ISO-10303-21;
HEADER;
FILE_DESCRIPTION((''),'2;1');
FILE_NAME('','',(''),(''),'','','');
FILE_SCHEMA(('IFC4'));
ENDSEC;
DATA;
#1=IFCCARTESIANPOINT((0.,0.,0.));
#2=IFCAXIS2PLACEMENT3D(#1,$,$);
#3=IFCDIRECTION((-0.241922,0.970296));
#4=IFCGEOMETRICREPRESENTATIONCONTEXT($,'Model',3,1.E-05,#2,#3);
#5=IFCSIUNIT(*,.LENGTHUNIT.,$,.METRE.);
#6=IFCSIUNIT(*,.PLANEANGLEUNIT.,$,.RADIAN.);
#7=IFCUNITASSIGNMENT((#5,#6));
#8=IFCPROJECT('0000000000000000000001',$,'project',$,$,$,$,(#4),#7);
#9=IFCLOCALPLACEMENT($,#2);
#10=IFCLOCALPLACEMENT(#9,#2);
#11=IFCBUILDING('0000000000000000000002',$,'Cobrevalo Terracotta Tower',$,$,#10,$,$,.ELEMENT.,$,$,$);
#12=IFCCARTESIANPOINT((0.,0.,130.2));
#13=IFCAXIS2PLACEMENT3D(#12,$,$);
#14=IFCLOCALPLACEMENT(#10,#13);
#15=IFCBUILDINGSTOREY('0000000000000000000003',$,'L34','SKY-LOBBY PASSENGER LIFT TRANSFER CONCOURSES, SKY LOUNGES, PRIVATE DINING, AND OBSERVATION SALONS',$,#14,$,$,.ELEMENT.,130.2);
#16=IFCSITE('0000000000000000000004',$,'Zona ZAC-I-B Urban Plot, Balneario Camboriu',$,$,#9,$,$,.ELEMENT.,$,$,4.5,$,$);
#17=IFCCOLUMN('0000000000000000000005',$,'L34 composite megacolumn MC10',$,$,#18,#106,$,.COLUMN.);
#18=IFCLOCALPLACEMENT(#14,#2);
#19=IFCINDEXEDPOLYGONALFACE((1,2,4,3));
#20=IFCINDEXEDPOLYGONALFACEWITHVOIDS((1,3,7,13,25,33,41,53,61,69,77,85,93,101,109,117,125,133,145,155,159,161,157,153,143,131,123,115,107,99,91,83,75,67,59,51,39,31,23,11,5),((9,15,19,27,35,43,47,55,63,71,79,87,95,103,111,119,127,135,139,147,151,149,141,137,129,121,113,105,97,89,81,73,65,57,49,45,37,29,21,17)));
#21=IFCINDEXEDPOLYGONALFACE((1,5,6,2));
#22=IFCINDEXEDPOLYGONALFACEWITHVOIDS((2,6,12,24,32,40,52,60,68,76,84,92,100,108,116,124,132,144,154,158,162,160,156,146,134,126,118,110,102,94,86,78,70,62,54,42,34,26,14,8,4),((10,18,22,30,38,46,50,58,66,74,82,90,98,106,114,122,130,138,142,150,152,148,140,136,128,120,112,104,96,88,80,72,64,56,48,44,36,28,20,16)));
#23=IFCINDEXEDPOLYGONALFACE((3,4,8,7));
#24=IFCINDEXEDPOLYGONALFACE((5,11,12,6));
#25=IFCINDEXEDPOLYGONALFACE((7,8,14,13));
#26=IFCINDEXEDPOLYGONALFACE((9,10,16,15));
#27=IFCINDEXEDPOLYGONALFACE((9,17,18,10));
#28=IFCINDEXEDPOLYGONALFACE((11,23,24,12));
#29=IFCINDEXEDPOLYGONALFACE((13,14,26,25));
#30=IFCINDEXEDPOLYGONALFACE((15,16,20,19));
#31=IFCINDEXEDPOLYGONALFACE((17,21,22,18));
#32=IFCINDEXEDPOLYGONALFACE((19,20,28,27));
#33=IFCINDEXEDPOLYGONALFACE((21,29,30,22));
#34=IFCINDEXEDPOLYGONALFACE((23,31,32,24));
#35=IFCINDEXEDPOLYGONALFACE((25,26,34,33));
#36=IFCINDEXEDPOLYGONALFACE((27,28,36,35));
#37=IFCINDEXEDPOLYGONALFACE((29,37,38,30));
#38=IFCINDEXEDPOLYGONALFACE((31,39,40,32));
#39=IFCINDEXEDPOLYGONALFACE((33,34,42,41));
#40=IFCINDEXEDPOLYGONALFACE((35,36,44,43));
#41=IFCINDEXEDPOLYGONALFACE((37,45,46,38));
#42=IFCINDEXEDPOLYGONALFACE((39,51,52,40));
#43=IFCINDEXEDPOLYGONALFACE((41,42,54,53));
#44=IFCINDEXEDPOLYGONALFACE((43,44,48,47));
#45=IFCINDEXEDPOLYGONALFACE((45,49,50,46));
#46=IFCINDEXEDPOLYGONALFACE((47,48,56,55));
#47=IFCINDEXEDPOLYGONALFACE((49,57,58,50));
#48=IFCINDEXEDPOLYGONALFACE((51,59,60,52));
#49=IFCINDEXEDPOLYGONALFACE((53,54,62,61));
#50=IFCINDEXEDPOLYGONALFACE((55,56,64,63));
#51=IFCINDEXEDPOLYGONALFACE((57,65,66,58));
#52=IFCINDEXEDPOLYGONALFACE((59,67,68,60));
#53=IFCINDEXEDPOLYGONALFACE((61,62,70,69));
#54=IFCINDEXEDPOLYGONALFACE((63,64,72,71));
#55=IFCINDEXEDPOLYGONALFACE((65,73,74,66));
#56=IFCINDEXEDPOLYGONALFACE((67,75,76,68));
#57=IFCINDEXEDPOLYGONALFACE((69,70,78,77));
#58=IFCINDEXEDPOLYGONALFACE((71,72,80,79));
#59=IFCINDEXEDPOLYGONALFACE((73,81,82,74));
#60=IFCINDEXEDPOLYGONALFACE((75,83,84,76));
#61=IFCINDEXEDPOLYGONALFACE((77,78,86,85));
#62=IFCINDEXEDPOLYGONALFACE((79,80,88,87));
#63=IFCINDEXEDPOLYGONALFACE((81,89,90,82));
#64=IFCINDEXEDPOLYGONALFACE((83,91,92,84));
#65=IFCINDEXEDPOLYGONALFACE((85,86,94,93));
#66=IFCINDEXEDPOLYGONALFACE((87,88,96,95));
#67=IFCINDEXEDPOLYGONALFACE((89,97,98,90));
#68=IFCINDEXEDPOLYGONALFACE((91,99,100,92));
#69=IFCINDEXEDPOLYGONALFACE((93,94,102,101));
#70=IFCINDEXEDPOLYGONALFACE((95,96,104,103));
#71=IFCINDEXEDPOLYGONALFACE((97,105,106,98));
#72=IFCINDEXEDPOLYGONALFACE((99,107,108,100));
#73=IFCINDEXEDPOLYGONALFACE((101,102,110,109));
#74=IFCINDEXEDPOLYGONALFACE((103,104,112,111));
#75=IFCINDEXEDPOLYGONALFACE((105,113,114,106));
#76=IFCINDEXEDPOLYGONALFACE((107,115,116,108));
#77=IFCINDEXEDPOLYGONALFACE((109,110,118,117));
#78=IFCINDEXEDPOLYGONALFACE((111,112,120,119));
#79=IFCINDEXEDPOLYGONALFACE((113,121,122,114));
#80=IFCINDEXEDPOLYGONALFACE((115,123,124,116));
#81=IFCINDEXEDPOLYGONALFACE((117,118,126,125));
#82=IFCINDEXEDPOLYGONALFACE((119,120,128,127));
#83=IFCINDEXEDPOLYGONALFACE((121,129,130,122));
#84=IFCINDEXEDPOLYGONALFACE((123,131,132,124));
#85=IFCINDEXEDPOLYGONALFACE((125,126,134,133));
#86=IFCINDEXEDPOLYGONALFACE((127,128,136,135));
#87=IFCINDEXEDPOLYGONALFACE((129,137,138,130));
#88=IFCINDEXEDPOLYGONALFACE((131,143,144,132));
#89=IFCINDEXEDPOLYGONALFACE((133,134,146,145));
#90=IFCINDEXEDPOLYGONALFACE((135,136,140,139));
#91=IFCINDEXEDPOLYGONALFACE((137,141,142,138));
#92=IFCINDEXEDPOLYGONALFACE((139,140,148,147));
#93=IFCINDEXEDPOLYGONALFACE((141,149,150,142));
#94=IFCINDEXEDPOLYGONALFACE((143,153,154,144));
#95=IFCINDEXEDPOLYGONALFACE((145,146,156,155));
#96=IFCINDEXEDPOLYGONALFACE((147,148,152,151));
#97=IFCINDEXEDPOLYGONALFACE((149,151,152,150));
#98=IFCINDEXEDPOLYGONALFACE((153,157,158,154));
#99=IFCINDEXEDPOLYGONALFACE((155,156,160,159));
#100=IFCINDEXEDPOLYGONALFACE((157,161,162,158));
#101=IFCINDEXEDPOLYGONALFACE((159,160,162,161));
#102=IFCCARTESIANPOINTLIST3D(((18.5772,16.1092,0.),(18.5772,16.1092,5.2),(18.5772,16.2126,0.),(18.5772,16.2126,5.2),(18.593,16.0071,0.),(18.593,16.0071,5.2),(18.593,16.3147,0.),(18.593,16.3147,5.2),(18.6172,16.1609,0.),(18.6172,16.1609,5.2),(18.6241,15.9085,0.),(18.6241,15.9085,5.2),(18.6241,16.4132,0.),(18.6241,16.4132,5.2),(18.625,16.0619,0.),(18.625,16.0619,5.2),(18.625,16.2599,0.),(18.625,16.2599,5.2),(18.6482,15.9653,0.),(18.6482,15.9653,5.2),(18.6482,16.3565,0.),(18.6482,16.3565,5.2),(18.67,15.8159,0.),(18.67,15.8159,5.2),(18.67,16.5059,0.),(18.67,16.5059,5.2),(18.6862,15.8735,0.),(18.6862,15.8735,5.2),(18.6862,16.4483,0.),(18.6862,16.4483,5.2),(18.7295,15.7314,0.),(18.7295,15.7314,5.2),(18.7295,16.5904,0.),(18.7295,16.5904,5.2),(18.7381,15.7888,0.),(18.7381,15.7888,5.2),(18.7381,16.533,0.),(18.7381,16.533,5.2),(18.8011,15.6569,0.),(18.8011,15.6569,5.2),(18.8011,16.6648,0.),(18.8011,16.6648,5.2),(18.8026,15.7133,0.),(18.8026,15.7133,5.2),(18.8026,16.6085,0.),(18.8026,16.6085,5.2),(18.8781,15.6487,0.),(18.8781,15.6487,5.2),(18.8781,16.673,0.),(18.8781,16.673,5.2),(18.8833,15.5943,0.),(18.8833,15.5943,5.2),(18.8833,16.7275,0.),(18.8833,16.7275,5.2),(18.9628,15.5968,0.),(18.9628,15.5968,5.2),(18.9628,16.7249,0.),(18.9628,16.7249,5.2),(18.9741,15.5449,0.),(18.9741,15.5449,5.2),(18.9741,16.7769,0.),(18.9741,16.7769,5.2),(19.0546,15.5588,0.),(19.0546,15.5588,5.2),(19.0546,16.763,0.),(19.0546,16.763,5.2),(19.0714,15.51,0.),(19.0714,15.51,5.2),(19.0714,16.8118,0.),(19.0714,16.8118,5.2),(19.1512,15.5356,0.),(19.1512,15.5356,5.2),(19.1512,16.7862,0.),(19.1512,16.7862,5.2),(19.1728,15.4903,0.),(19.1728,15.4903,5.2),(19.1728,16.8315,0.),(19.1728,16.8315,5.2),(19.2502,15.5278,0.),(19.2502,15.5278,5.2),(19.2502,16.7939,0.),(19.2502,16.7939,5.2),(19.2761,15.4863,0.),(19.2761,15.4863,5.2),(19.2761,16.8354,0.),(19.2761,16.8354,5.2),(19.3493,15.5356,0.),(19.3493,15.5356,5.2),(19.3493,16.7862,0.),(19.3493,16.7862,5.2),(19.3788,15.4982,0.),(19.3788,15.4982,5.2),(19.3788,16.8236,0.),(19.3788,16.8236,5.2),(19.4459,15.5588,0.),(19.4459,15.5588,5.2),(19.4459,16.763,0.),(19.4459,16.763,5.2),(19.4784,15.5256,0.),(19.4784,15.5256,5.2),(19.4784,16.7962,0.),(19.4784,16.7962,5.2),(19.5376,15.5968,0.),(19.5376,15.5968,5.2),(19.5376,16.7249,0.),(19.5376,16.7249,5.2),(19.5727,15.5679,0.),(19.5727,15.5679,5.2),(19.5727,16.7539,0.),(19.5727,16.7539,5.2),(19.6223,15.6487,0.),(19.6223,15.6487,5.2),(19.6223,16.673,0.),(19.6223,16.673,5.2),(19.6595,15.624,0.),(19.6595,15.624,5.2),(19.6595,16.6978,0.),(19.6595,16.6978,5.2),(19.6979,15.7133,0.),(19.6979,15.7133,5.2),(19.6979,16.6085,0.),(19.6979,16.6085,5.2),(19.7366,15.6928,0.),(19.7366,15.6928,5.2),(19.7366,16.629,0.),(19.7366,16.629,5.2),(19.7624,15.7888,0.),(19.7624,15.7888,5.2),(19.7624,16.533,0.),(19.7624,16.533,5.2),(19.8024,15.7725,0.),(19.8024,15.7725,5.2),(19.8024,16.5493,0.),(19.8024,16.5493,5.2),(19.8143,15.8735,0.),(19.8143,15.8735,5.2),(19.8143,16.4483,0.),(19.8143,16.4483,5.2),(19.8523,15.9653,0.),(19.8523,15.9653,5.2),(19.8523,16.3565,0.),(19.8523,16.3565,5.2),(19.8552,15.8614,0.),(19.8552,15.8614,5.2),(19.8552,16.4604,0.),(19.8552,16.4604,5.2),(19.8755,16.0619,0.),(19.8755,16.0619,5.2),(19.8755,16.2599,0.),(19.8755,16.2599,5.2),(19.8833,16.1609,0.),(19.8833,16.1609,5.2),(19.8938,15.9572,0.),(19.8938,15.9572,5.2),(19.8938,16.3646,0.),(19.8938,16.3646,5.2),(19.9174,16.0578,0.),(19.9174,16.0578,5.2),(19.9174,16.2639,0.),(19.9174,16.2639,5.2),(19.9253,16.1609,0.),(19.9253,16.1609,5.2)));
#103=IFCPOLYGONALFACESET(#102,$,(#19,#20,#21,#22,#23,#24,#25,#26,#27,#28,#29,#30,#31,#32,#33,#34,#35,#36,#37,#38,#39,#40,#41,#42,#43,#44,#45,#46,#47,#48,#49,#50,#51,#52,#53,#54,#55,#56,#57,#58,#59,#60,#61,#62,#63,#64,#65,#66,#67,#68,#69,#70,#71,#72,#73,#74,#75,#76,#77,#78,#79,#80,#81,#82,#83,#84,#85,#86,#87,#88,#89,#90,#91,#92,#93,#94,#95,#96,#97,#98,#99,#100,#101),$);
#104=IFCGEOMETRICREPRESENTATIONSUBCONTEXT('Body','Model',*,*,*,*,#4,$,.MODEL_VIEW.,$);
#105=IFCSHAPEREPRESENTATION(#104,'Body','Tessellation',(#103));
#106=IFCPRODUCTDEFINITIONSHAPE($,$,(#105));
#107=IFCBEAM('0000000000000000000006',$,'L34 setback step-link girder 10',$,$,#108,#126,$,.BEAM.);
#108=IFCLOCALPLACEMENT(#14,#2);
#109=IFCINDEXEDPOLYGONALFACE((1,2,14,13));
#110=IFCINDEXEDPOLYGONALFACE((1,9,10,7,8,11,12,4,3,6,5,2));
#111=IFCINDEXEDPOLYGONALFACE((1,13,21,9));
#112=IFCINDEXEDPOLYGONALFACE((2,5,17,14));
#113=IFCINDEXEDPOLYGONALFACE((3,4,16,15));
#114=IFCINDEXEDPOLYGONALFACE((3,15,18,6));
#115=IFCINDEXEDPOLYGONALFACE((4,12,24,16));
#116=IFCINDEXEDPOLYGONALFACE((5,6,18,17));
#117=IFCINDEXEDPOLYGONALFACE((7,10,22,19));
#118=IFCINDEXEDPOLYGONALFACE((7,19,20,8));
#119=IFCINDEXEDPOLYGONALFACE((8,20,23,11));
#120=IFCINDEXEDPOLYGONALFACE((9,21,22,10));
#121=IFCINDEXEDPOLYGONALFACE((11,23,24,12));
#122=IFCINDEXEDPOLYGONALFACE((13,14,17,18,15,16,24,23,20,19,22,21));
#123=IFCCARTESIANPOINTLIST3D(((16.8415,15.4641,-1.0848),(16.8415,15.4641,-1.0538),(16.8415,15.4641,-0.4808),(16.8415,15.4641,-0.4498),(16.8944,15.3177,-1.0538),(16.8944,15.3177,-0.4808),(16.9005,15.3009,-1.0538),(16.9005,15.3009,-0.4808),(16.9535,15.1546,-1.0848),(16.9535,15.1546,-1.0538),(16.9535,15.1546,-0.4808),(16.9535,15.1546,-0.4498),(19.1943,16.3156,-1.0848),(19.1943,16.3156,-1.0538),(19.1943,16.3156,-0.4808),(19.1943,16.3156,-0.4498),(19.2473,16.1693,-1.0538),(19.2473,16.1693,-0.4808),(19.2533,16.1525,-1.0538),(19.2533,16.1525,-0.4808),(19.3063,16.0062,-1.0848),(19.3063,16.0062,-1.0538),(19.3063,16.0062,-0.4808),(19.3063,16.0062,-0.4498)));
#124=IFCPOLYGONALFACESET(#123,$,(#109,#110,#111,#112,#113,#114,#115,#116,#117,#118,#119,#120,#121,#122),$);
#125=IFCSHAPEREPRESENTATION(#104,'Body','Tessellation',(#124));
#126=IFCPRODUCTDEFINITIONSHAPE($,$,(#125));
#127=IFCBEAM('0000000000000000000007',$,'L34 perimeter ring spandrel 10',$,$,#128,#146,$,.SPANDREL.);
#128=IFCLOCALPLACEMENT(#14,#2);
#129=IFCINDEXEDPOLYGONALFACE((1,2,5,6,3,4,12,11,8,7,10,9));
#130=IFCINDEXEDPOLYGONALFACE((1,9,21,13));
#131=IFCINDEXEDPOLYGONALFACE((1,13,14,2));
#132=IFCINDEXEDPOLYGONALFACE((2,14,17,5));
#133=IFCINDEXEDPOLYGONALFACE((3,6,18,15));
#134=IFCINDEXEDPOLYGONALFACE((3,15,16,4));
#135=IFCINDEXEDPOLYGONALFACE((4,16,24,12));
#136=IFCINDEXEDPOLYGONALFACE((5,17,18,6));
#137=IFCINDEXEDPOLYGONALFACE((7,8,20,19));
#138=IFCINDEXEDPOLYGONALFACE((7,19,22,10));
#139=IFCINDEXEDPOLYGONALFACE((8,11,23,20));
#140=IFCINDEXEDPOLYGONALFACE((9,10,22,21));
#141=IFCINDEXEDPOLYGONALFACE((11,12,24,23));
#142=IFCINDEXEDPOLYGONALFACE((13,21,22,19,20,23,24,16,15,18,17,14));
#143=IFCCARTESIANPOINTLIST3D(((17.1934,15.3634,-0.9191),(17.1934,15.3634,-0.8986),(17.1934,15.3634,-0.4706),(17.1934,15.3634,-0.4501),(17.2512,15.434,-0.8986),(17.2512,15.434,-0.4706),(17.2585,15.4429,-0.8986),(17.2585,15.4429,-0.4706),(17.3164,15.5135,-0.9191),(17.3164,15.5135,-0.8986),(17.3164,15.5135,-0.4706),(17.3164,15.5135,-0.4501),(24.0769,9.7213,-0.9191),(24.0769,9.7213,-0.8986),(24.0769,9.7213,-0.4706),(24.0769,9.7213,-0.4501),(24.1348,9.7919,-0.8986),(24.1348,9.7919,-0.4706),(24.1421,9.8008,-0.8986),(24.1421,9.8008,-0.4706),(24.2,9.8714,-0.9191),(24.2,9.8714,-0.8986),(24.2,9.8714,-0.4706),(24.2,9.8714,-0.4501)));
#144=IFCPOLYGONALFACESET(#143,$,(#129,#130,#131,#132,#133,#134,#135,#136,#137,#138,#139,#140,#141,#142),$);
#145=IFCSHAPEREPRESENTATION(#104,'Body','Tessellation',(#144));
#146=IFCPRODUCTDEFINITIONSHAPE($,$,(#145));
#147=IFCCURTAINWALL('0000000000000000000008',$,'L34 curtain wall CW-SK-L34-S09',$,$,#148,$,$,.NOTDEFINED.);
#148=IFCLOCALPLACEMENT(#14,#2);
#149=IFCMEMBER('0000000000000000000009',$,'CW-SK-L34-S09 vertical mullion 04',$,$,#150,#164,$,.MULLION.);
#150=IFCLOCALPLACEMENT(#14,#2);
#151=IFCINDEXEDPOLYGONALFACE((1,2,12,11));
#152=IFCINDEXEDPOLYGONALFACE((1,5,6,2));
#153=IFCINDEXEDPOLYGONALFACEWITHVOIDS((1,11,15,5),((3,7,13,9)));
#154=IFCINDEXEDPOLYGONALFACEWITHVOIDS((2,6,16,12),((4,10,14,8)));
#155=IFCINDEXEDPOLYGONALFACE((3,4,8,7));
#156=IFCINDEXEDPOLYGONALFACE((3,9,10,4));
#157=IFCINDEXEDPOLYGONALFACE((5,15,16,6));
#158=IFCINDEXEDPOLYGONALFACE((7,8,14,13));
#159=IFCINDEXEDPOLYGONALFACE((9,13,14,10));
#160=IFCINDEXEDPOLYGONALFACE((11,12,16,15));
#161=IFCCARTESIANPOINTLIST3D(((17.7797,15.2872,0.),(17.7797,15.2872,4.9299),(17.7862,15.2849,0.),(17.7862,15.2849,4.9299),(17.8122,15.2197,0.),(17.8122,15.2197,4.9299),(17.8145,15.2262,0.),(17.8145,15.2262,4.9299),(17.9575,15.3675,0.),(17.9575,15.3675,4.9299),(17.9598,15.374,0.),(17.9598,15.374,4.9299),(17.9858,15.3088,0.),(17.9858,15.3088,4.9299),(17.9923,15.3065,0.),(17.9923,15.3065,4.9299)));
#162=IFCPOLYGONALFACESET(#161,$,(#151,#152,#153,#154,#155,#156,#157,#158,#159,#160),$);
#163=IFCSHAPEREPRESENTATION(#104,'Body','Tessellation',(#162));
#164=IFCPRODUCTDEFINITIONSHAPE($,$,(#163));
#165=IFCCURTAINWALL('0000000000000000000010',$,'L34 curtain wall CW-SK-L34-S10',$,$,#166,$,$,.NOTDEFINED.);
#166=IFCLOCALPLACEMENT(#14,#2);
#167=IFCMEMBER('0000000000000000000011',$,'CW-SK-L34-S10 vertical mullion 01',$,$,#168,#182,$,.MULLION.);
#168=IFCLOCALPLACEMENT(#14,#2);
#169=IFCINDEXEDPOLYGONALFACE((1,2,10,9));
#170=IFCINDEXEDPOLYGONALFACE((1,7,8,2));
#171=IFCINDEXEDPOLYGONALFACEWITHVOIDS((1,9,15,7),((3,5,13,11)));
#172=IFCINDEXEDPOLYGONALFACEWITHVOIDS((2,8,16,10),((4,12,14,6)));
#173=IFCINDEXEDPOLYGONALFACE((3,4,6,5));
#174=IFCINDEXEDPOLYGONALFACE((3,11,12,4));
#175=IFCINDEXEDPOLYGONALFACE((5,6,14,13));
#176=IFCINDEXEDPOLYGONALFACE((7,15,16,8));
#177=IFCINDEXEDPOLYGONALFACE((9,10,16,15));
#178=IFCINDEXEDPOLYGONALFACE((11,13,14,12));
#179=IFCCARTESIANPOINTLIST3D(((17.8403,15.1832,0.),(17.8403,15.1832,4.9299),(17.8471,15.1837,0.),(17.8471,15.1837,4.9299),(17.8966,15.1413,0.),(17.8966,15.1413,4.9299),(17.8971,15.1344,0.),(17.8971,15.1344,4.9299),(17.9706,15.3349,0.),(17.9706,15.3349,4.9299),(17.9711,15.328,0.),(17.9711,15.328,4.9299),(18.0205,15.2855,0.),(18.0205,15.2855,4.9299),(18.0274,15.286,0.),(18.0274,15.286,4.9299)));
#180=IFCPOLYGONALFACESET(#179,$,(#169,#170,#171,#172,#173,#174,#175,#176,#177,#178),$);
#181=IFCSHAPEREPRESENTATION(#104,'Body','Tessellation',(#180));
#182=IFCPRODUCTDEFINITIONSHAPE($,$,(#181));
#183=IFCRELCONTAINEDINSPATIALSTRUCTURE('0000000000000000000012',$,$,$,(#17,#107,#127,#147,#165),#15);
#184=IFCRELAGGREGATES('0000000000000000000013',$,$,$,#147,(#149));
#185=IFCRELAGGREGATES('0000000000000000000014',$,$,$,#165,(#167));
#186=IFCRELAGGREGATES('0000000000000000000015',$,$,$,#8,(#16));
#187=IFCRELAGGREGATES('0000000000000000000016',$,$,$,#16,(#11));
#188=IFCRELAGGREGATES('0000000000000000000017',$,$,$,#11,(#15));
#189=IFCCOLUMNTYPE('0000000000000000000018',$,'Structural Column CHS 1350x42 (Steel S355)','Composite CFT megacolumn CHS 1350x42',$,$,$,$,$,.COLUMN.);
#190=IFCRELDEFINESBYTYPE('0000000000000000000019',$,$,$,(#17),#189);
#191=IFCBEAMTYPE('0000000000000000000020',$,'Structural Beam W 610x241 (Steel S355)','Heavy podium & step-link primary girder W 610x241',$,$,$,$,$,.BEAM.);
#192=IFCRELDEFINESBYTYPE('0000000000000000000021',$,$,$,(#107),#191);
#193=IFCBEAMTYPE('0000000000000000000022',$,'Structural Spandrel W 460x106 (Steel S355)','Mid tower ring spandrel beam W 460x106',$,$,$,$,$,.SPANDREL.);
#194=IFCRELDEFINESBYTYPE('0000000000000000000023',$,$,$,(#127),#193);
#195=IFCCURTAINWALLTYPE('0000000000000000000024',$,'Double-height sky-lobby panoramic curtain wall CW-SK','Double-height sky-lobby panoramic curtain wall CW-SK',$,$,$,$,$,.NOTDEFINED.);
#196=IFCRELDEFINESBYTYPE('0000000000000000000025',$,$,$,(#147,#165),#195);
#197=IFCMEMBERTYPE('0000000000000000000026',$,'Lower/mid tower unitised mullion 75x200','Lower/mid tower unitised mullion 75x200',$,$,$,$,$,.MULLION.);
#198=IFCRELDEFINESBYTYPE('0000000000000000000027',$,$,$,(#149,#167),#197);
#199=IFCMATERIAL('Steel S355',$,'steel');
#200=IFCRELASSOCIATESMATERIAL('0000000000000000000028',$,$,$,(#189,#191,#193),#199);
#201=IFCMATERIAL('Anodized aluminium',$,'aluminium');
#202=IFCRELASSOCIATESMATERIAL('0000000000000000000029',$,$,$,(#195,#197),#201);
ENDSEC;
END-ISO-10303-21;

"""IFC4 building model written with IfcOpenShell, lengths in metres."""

from ifc_helpers import new_model, si_unit, direction, frame, origin, origin_2d, place, context, subcontext, project, spatial, hollow_rectangle, hollow_circle, i_section, extrude, source, transform, mapped, material, material_profile, profile_set, type_object, element, aggregate, save


model = new_model("IFC4")

# Units and contexts
model_context = context("Model", 3, precision=1e-05, world=origin(), true_north=direction((-0.241922, 0.970296)))
body_context = subcontext(model_context, "Body", "Model", "MODEL_VIEW")
ifc_project = project(units=[si_unit("LENGTHUNIT", "METRE"), si_unit("PLANEANGLEUNIT", "RADIAN")], contexts=[model_context])

# Site, building, storey
site_placement = place(None, origin())
site = spatial("IfcSite", under=ifc_project, at=site_placement, Name="Zona ZAC-I-B Urban Plot, Balneario Camboriu", CompositionType="ELEMENT", RefElevation=4.5)
building_placement = place(site_placement, origin())
building = spatial("IfcBuilding", under=site, at=building_placement, Name="Cobrevalo Terracotta Tower", CompositionType="ELEMENT")
storey_placement = place(building_placement, frame((0.0, 0.0, 130.2)))
storey = spatial("IfcBuildingStorey", under=building, at=storey_placement, Name="L34", Description="SKY-LOBBY PASSENGER LIFT TRANSFER CONCOURSES, SKY LOUNGES, PRIVATE DINING, AND OBSERVATION SALONS", CompositionType="ELEMENT", Elevation=130.2)

# Column
ifc_material_1 = material(Name="Steel S355", Category="steel")
ifc_material_profile_1 = material_profile(ifc_material_1, hollow_circle(Radius=0.675, WallThickness=0.042, at=origin_2d()), Name="CHS 1350x42")
ifc_profile_set_1 = profile_set([ifc_material_profile_1], Name="Steel S355")
column_type = type_object("IfcColumnType", Name="Structural Column CHS 1350x42 (Steel S355)", Description="Composite CFT megacolumn CHS 1350x42", PredefinedType="COLUMN", material=ifc_profile_set_1)
column_placement = place(storey_placement, frame((19.2502, 16.1609, 0.0), z_axis=(0.0, 0.0, 1.0), x_axis=(1.0, 0.0, 0.0)))
element("IfcColumn", 1, at=column_placement, inside=storey, type_object=column_type, Name="L34 composite megacolumn MC10", PredefinedType="COLUMN", context=body_context, shape_type="SweptSolid", body=[
    extrude(hollow_circle(Radius=0.675, WallThickness=0.042, at=origin_2d()), origin(), (0.0, 0.0, 1.0), 5.2),
])

# Beams
ifc_material_profile_2 = material_profile(ifc_material_1, i_section(OverallWidth=0.3291, OverallDepth=0.635, WebThickness=0.0178, FlangeThickness=0.031, at=origin_2d()), Name="W 610x241")
ifc_profile_set_2 = profile_set([ifc_material_profile_2], Name="Steel S355")
beam_type_1 = type_object("IfcBeamType", Name="Structural Beam W 610x241 (Steel S355)", Description="Heavy podium & step-link primary girder W 610x241", PredefinedType="BEAM", material=ifc_profile_set_2)
beam_1_placement = place(storey_placement, frame((16.8975, 15.3093, -0.7673), z_axis=(0.940305, 0.340333, 0.0), x_axis=(-0.340333, 0.940305, 0.0)))
element("IfcBeam", 2, at=beam_1_placement, inside=storey, type_object=beam_type_1, Name="L34 setback step-link girder 10", PredefinedType="BEAM", context=body_context, shape_type="SweptSolid", body=[
    extrude(i_section(OverallWidth=0.3291, OverallDepth=0.635, WebThickness=0.0178, FlangeThickness=0.031, at=origin_2d()), origin(), (0.0, 0.0, 1.0), 2.5022),
])
ifc_material_profile_3 = material_profile(ifc_material_1, i_section(OverallWidth=0.1941, OverallDepth=0.469, WebThickness=0.0115, FlangeThickness=0.0205, at=origin_2d()), Name="W 460x106")
ifc_profile_set_3 = profile_set([ifc_material_profile_3], Name="Steel S355")
beam_type_2 = type_object("IfcBeamType", Name="Structural Spandrel W 460x106 (Steel S355)", Description="Mid tower ring spandrel beam W 460x106", PredefinedType="SPANDREL", material=ifc_profile_set_3)
beam_2_placement = place(storey_placement, frame((17.2549, 15.4385, -0.6846), z_axis=(0.773401, -0.633917, 0.0), x_axis=(0.633917, 0.773401, 0.0)))
element("IfcBeam", 3, at=beam_2_placement, inside=storey, type_object=beam_type_2, Name="L34 perimeter ring spandrel 10", PredefinedType="SPANDREL", context=body_context, shape_type="SweptSolid", body=[
    extrude(i_section(OverallWidth=0.1941, OverallDepth=0.469, WebThickness=0.0115, FlangeThickness=0.0205, at=origin_2d()), origin(), (0.0, 0.0, 1.0), 8.9004),
])

# Curtain wall, member
ifc_material_2 = material(Name="Anodized aluminium", Category="aluminium")
curtain_wall_type = type_object("IfcCurtainWallType", Name="Double-height sky-lobby panoramic curtain wall CW-SK", Description="Double-height sky-lobby panoramic curtain wall CW-SK", PredefinedType="NOTDEFINED", material=ifc_material_2)
curtain_wall_1_placement = place(storey_placement, origin())
curtain_wall_1 = element("IfcCurtainWall", 4, at=curtain_wall_1_placement, inside=storey, type_object=curtain_wall_type, Name="L34 curtain wall CW-SK-L34-S09", PredefinedType="NOTDEFINED")
ifc_material_profile_4 = material_profile(ifc_material_2, hollow_rectangle(XDim=0.075, YDim=0.2, WallThickness=0.0049, at=origin_2d()), Name="CWM 75x200")
ifc_profile_set_4 = profile_set([ifc_material_profile_4], Name="Anodized aluminium")
member_type_1 = type_object("IfcMemberType", Name="Lower/mid tower unitised mullion 75x200", Description="Lower/mid tower unitised mullion 75x200", PredefinedType="MULLION", material=ifc_profile_set_4)
shared_shape_1 = source(origin(), body_context, "Body", "SweptSolid", [
    extrude(hollow_rectangle(XDim=0.075, YDim=0.2, WallThickness=0.0049, at=origin_2d()), origin(), (0.0, 0.0, 1.0), 4.9299),
])
member_1_placement = place(storey_placement, frame((17.886, 15.2969, 0.0), z_axis=(0.0, 0.0, 1.0), x_axis=(0.434209, -0.900812, 0.0)))
member_1 = element("IfcMember", 5, at=member_1_placement, type_object=member_type_1, Name="CW-SK-L34-S09 vertical mullion 04", PredefinedType="MULLION", context=body_context, shape_type="MappedRepresentation", body=[
    mapped(shared_shape_1, transform((0.0, 0.0, 0.0), scale=1.0)),
])
aggregate(curtain_wall_1, [member_1])

# Curtain wall, member
curtain_wall_2_placement = place(storey_placement, origin())
curtain_wall_2 = element("IfcCurtainWall", 6, at=curtain_wall_2_placement, inside=storey, type_object=curtain_wall_type, Name="L34 curtain wall CW-SK-L34-S10", PredefinedType="NOTDEFINED")
member_2_placement = place(storey_placement, frame((17.9338, 15.2346, 0.0), z_axis=(0.0, 0.0, 1.0), x_axis=(0.758442, -0.651741, 0.0)))
member_2 = element("IfcMember", 7, at=member_2_placement, type_object=member_type_1, Name="CW-SK-L34-S10 vertical mullion 01", PredefinedType="MULLION", context=body_context, shape_type="MappedRepresentation", body=[
    mapped(shared_shape_1, transform((0.0, 0.0, 0.0), scale=1.0)),
])

aggregate(curtain_wall_2, [member_2])

save(model, "model.ifc")
